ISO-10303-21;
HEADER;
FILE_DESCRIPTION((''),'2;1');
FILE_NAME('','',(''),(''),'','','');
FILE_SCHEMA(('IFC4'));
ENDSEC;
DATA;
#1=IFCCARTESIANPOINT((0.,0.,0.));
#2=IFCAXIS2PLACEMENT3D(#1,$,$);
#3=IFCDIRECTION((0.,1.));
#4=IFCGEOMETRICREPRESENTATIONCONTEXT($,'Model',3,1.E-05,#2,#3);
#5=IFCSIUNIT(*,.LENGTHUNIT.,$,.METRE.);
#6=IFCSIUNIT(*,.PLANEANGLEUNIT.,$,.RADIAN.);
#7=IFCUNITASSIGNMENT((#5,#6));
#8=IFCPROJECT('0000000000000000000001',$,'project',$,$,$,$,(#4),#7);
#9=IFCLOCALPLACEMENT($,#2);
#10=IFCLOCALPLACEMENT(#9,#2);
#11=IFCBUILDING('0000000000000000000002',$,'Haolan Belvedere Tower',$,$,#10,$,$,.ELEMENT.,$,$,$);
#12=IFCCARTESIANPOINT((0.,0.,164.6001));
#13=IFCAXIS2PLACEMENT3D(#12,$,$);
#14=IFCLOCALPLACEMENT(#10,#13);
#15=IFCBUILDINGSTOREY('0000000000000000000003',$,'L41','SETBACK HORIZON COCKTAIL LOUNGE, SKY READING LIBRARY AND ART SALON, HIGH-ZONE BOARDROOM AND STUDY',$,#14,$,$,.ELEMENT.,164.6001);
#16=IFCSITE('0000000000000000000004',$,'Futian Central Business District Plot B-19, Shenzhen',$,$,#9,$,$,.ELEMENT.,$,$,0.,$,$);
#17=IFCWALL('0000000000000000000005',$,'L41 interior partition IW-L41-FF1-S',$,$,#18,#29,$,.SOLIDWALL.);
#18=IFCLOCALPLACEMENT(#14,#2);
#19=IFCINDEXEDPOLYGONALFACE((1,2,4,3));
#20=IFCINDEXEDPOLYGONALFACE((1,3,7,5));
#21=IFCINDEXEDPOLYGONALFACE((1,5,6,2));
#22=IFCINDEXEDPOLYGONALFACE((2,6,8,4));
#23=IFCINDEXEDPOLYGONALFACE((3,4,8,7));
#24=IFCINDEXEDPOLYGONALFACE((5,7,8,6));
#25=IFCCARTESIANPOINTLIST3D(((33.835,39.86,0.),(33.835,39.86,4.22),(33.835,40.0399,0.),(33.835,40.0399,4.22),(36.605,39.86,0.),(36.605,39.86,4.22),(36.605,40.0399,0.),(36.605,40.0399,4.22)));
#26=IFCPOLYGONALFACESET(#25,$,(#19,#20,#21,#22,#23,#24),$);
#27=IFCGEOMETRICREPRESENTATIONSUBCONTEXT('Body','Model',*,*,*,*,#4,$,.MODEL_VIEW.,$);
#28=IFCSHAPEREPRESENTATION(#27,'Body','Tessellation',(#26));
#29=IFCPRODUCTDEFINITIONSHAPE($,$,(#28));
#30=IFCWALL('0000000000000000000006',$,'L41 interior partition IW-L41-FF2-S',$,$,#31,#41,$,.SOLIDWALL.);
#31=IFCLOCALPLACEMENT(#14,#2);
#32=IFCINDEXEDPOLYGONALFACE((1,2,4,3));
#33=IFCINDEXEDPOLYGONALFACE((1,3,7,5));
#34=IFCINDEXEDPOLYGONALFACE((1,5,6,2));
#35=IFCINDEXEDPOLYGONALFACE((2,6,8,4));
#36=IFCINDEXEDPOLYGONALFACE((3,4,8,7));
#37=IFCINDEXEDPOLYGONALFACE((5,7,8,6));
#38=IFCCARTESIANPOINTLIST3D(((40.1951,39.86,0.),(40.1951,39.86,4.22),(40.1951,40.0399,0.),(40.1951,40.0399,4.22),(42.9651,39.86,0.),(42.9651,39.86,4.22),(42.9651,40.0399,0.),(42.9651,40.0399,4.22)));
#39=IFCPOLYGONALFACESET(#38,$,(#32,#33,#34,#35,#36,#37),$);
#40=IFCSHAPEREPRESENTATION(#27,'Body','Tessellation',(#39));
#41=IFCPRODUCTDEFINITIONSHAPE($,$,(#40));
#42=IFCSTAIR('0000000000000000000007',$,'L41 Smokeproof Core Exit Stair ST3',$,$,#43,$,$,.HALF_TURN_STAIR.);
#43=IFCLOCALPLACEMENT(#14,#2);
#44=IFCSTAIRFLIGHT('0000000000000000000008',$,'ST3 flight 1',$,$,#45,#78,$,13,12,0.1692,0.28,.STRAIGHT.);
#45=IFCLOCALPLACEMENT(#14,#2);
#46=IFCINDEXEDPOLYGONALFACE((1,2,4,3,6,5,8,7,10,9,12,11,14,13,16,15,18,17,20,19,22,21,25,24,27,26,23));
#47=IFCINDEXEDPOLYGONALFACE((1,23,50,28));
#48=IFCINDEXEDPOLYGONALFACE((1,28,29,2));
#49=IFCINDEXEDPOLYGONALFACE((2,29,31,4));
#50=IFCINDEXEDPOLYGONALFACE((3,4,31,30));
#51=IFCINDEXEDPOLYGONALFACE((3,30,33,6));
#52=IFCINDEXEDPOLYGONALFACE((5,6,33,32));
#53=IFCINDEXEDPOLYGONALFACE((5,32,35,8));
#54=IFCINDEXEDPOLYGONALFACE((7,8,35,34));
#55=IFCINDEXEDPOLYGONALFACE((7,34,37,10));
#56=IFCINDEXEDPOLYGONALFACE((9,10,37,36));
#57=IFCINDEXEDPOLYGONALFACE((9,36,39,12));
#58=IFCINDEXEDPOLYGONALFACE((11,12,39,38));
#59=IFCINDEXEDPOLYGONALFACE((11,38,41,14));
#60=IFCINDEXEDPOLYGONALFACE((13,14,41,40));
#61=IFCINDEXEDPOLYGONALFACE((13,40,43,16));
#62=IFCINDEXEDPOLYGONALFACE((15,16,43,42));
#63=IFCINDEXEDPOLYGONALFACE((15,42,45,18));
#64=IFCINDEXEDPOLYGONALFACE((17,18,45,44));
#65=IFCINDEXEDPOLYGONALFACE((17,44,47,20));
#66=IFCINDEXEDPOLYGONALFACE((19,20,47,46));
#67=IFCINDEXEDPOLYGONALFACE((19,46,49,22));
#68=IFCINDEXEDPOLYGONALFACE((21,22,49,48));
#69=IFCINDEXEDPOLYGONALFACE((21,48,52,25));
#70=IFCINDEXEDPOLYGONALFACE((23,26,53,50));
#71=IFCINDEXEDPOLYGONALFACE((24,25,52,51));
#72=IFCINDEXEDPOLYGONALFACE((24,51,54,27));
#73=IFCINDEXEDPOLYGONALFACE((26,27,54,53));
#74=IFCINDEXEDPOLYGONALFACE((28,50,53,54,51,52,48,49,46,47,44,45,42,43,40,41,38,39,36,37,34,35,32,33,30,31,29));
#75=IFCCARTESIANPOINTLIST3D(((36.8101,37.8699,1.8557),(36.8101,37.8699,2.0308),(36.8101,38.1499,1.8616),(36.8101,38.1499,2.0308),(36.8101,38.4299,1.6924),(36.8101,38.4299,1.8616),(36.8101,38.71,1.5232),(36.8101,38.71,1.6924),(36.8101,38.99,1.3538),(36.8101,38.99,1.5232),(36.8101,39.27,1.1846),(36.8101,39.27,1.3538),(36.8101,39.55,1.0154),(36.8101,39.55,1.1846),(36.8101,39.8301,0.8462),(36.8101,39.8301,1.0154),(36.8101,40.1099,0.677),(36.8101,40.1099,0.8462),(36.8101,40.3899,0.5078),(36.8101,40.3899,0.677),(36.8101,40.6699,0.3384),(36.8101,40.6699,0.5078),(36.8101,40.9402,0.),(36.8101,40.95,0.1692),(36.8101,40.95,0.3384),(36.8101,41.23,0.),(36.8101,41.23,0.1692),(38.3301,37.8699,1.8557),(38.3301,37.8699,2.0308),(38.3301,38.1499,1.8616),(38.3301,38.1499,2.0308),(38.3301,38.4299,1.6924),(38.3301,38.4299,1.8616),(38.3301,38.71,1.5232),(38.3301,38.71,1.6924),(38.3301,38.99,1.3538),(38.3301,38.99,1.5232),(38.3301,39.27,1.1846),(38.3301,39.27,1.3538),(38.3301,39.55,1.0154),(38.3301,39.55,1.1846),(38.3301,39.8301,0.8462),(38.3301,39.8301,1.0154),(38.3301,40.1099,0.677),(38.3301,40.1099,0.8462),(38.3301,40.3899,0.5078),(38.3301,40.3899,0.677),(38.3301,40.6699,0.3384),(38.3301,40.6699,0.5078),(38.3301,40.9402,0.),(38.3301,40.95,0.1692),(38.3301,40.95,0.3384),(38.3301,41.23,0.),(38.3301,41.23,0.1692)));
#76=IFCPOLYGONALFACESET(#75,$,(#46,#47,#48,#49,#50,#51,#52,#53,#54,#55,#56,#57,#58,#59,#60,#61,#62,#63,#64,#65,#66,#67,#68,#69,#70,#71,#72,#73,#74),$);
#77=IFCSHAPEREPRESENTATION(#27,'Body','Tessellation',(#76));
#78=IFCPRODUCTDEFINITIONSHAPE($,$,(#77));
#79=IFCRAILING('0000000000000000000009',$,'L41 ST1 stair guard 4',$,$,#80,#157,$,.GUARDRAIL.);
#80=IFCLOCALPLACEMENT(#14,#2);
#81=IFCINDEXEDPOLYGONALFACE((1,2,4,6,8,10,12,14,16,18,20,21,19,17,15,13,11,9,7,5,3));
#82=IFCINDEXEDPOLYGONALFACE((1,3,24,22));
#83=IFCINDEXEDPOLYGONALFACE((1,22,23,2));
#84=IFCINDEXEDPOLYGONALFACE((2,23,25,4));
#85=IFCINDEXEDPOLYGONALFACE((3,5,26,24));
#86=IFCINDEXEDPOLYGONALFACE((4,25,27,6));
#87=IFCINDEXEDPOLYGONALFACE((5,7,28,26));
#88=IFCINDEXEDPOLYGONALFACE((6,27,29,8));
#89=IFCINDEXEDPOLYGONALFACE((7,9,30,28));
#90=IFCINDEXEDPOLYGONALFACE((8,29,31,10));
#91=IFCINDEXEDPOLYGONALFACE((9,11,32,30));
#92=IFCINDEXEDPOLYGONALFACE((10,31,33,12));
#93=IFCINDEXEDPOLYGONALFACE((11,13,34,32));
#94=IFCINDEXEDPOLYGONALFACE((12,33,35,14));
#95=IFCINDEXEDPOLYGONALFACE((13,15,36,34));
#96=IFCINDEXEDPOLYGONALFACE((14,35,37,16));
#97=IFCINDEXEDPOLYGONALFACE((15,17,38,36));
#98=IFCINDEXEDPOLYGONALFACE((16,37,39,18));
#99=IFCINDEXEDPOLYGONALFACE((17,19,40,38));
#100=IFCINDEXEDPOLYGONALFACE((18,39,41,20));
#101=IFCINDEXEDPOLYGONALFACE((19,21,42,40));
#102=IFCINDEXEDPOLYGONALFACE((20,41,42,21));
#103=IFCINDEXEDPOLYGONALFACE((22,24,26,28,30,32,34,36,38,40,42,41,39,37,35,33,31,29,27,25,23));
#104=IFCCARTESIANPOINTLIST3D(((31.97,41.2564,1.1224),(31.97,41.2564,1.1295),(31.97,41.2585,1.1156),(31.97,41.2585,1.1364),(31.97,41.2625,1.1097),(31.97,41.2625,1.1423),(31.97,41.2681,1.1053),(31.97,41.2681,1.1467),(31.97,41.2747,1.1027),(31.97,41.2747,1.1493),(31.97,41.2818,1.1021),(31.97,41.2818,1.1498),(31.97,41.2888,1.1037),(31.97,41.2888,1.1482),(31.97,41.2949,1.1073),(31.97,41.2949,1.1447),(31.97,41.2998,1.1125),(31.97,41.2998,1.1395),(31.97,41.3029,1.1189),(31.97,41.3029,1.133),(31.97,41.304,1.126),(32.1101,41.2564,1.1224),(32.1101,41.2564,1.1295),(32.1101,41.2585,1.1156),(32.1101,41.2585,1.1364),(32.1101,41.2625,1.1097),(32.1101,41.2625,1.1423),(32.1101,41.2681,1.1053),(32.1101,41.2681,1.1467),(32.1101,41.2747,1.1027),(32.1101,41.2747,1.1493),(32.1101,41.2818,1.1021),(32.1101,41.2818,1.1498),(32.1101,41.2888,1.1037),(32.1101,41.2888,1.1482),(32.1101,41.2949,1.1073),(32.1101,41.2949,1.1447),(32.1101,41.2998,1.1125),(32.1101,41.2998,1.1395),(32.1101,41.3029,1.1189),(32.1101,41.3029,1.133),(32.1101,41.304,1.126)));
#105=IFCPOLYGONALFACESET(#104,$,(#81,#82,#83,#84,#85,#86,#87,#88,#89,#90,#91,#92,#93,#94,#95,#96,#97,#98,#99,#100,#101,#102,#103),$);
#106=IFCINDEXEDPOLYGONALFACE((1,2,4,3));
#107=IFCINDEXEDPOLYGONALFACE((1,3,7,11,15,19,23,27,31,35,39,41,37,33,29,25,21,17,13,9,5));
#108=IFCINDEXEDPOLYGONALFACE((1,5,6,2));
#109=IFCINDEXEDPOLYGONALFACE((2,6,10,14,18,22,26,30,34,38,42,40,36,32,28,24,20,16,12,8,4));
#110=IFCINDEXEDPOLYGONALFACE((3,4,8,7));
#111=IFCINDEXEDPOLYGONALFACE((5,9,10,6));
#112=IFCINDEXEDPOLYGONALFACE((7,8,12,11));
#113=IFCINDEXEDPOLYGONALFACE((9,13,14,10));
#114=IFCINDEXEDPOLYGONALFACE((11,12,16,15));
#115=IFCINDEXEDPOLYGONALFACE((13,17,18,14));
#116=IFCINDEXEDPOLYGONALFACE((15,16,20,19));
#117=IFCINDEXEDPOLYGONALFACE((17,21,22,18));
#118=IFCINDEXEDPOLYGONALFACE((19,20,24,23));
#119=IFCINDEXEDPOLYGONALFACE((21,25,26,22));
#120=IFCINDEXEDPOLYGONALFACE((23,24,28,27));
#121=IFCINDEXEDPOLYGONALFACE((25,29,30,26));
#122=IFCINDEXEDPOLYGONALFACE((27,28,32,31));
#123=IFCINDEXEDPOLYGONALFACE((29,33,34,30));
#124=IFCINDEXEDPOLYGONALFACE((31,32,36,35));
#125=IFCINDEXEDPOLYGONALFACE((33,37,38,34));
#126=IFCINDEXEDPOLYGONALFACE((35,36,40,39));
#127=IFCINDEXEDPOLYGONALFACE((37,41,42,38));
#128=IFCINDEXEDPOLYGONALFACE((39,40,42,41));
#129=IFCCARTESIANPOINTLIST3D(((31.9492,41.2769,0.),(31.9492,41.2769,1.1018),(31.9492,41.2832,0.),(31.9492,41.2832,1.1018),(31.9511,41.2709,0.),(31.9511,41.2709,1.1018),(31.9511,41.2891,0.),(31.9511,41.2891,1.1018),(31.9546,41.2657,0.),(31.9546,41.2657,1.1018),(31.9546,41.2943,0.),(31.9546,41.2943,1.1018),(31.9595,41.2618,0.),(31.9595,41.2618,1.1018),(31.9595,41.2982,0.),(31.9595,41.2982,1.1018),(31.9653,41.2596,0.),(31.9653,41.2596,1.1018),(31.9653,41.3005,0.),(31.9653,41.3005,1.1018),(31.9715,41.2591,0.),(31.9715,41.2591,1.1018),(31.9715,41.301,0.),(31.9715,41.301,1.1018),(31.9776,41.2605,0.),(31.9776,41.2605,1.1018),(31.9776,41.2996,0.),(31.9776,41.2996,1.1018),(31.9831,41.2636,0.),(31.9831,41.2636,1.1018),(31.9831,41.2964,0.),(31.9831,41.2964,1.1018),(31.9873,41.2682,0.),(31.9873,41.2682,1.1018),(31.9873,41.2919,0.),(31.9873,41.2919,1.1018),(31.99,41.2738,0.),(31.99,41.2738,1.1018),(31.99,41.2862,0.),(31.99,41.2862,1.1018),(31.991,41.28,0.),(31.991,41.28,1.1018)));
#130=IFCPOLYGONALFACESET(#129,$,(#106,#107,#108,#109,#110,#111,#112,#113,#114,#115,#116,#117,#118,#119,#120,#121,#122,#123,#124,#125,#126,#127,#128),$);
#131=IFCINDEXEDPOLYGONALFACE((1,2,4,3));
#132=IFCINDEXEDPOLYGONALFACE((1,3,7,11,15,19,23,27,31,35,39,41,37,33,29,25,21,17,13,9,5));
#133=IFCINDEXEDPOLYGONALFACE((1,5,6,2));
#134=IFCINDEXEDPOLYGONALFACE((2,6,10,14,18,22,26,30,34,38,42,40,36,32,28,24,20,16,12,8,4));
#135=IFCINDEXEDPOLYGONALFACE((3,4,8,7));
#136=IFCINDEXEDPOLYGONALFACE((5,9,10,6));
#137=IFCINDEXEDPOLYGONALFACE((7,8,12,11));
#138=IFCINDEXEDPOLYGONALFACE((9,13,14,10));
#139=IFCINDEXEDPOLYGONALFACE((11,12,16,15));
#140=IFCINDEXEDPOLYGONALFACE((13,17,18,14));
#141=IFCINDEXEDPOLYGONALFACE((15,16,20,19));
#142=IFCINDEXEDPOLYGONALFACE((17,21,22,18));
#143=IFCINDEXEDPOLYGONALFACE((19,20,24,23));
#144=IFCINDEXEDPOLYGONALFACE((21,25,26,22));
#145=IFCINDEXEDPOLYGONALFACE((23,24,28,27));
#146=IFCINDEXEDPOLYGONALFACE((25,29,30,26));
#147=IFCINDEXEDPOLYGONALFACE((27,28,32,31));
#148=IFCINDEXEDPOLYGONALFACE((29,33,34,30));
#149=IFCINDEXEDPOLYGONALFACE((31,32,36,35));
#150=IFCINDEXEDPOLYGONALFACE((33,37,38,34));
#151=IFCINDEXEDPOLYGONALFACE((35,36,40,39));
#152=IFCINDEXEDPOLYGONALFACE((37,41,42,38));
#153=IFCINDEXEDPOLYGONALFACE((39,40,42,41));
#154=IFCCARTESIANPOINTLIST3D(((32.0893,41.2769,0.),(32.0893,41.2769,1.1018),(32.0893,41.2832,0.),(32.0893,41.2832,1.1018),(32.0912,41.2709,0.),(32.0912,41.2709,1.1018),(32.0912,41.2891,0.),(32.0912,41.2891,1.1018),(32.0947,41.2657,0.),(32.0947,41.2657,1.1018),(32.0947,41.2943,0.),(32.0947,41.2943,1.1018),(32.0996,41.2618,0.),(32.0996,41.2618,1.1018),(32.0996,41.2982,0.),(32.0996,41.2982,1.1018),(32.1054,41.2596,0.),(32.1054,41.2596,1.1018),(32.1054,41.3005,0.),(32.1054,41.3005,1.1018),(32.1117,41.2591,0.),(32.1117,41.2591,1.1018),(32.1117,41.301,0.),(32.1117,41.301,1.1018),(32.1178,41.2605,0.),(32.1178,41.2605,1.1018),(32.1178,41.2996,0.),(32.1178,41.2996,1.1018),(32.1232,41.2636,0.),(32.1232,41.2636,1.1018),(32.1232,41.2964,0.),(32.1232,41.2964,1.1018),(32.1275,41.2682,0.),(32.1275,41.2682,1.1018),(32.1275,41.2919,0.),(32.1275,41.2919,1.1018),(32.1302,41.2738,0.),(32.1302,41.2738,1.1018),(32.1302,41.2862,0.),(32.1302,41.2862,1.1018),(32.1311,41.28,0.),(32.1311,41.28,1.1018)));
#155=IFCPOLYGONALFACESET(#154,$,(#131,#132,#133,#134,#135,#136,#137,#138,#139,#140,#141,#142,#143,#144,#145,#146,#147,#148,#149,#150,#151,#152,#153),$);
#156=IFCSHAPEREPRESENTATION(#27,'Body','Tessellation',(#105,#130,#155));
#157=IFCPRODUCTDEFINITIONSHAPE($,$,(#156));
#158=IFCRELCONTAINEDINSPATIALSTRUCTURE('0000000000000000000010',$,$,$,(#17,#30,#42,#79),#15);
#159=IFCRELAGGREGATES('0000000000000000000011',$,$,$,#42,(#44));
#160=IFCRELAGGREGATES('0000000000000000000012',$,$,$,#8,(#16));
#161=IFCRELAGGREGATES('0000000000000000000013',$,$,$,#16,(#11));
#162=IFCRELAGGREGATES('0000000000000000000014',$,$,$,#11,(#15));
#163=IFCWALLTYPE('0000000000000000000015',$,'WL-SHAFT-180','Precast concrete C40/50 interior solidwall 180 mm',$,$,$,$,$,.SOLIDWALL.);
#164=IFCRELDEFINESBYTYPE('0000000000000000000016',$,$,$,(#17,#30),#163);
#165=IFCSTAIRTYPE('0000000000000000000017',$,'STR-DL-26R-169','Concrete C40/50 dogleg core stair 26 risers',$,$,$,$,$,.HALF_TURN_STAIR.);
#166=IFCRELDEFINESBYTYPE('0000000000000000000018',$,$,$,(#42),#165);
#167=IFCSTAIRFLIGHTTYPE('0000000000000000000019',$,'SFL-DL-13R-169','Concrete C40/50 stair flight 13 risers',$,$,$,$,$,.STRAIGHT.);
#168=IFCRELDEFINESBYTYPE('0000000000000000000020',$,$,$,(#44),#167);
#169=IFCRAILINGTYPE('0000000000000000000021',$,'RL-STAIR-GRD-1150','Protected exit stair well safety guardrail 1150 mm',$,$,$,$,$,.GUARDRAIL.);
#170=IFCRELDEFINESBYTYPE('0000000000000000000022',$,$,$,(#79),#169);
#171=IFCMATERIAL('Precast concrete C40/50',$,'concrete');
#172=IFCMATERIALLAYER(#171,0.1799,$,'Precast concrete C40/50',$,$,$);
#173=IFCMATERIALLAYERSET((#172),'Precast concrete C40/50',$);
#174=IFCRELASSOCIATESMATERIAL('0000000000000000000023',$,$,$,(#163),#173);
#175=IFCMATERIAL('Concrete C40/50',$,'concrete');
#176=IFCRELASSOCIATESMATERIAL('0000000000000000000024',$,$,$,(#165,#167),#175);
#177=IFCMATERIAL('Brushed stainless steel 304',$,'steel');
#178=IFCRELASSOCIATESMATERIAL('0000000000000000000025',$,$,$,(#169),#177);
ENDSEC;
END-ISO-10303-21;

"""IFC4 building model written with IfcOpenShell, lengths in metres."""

from ifc_helpers import new_model, si_unit, direction, frame, frame_2d, origin, origin_2d, place, context, subcontext, project, spatial, polyline, rectangle, circle, outline, extrude, material, layer, layer_set, type_object, element, aggregate, save


model = new_model("IFC4")

# Units and contexts
model_context = context("Model", 3, precision=1e-05, world=origin(), true_north=direction((0.0, 1.0)))
body_context = subcontext(model_context, "Body", "Model", "MODEL_VIEW")
ifc_project = project(units=[si_unit("LENGTHUNIT", "METRE"), si_unit("PLANEANGLEUNIT", "RADIAN")], contexts=[model_context])

# Site, building, storey
site_placement = place(None, origin())
site = spatial("IfcSite", under=ifc_project, at=site_placement, Name="Futian Central Business District Plot B-19, Shenzhen", CompositionType="ELEMENT", RefElevation=0.0)
building_placement = place(site_placement, origin())
building = spatial("IfcBuilding", under=site, at=building_placement, Name="Haolan Belvedere Tower", CompositionType="ELEMENT")
storey_placement = place(building_placement, frame((0.0, 0.0, 164.6001)))
storey = spatial("IfcBuildingStorey", under=building, at=storey_placement, Name="L41", Description="SETBACK HORIZON COCKTAIL LOUNGE, SKY READING LIBRARY AND ART SALON, HIGH-ZONE BOARDROOM AND STUDY", CompositionType="ELEMENT", Elevation=164.6001)

# Shared definitions
ifc_material_1 = material(Name="Precast concrete C40/50", Category="concrete")

# Walls
ifc_layer_1 = layer(ifc_material_1, 0.1799, Name="Precast concrete C40/50")
ifc_layer_set_1 = layer_set([ifc_layer_1], Name="Precast concrete C40/50")
wall_type_1 = type_object("IfcWallType", Name="WL-SHAFT-180", Description="Precast concrete C40/50 interior solidwall 180 mm", PredefinedType="SOLIDWALL", material=ifc_layer_set_1)
for number, where, z_axis, x_axis, name in (
    (1, (33.835, 39.95, 0.0), (0.0, 0.0, 1.0), (1.0, 0.0, 0.0), "L41 interior partition IW-L41-FF1-S"),
    (2, (40.1951, 39.95, 0.0), (0.0, 0.0, 1.0), (1.0, 0.0, 0.0), "L41 interior partition IW-L41-FF2-S"),
):
    element("IfcWall", number, at=place(storey_placement, frame(where, z_axis=z_axis, x_axis=x_axis)), inside=storey, type_object=wall_type_1, Name=name, PredefinedType="SOLIDWALL", context=body_context, shape_type="SweptSolid", body=[
        extrude(rectangle(XDim=2.77, YDim=0.1799, at=frame_2d((1.385, 0.0))), origin(), (0.0, 0.0, 1.0), 4.22),
    ])

# Stair, stair flight
ifc_material_2 = material(Name="Concrete C40/50", Category="concrete")
stair_type = type_object("IfcStairType", Name="STR-DL-26R-169", Description="Concrete C40/50 dogleg core stair 26 risers", PredefinedType="HALF_TURN_STAIR", material=ifc_material_2)
stair_placement = place(storey_placement, origin())
stair = element("IfcStair", 3, at=stair_placement, inside=storey, type_object=stair_type, Name="L41 Smokeproof Core Exit Stair ST3", PredefinedType="HALF_TURN_STAIR")
stair_flight_type = type_object("IfcStairFlightType", Name="SFL-DL-13R-169", Description="Concrete C40/50 stair flight 13 risers", PredefinedType="STRAIGHT", material=ifc_material_2)
stair_flight_placement = place(storey_placement, frame((37.5701, 41.23, 0.0), z_axis=(0.0, 0.0, 1.0), x_axis=(0.0, -1.0, 0.0)))
stair_flight = element("IfcStairFlight", 4, at=stair_flight_placement, type_object=stair_flight_type, Name="ST3 flight 1", NumberOfRisers=13, NumberOfTreads=12, PredefinedType="STRAIGHT", RiserHeight=0.1692, TreadLength=0.28, context=body_context, shape_type="SweptSolid", body=[
    extrude(outline(polyline([(0.0, 0.0), (0.0, 0.1692), (0.28, 0.1692), (0.28, 0.3384), (0.5601, 0.3384), (0.5601, 0.5078), (0.8401, 0.5078), (0.8401, 0.677), (1.1201, 0.677), (1.1201, 0.8462), (1.3999, 0.8462), (1.3999, 1.0154), (1.6799, 1.0154), (1.6799, 1.1846), (1.96, 1.1846), (1.96, 1.3538), (2.24, 1.3538), (2.24, 1.5232), (2.52, 1.5232), (2.52, 1.6924), (2.8, 1.6924), (2.8, 1.8616), (3.0801, 1.8616), (3.0801, 2.0308), (3.3601, 2.0308), (3.3601, 2.2), (3.3601, 1.8557), (0.2898, 0.0), (0.0, 0.0)])), frame((0.0, 0.76, 0.0), z_axis=(0.0, -1.0, 0.0), x_axis=(1.0, 0.0, 0.0)), (0.0, 0.0, 1.0), 1.52),
])
aggregate(stair, [stair_flight])

# Railing
ifc_material_3 = material(Name="Brushed stainless steel 304", Category="steel")
railing_type_1 = type_object("IfcRailingType", Name="RL-STAIR-GRD-1150", Description="Protected exit stair well safety guardrail 1150 mm", PredefinedType="GUARDRAIL", material=ifc_material_3)
railing_1_placement = place(storey_placement, frame((31.97, 41.28, 0.0)))
element("IfcRailing", 5, at=railing_1_placement, inside=storey, type_object=railing_type_1, Name="L41 ST1 stair guard 4", PredefinedType="GUARDRAIL", context=body_context, shape_type="SweptSolid", body=[
    extrude(circle(Radius=0.0239, at=origin_2d()), frame((0.0, 0.0, 1.126), z_axis=(1.0, 0.0, 0.0), x_axis=(0.0, 1.0, 0.0)), (0.0, 0.0, 1.0), 0.1401),
    extrude(circle(Radius=0.021, at=origin_2d()), origin(), (0.0, 0.0, 1.0), 1.1018),
    extrude(circle(Radius=0.021, at=origin_2d()), frame((0.1401, 0.0, 0.0)), (0.0, 0.0, 1.0), 1.1018),
])

save(model, "model.ifc")
